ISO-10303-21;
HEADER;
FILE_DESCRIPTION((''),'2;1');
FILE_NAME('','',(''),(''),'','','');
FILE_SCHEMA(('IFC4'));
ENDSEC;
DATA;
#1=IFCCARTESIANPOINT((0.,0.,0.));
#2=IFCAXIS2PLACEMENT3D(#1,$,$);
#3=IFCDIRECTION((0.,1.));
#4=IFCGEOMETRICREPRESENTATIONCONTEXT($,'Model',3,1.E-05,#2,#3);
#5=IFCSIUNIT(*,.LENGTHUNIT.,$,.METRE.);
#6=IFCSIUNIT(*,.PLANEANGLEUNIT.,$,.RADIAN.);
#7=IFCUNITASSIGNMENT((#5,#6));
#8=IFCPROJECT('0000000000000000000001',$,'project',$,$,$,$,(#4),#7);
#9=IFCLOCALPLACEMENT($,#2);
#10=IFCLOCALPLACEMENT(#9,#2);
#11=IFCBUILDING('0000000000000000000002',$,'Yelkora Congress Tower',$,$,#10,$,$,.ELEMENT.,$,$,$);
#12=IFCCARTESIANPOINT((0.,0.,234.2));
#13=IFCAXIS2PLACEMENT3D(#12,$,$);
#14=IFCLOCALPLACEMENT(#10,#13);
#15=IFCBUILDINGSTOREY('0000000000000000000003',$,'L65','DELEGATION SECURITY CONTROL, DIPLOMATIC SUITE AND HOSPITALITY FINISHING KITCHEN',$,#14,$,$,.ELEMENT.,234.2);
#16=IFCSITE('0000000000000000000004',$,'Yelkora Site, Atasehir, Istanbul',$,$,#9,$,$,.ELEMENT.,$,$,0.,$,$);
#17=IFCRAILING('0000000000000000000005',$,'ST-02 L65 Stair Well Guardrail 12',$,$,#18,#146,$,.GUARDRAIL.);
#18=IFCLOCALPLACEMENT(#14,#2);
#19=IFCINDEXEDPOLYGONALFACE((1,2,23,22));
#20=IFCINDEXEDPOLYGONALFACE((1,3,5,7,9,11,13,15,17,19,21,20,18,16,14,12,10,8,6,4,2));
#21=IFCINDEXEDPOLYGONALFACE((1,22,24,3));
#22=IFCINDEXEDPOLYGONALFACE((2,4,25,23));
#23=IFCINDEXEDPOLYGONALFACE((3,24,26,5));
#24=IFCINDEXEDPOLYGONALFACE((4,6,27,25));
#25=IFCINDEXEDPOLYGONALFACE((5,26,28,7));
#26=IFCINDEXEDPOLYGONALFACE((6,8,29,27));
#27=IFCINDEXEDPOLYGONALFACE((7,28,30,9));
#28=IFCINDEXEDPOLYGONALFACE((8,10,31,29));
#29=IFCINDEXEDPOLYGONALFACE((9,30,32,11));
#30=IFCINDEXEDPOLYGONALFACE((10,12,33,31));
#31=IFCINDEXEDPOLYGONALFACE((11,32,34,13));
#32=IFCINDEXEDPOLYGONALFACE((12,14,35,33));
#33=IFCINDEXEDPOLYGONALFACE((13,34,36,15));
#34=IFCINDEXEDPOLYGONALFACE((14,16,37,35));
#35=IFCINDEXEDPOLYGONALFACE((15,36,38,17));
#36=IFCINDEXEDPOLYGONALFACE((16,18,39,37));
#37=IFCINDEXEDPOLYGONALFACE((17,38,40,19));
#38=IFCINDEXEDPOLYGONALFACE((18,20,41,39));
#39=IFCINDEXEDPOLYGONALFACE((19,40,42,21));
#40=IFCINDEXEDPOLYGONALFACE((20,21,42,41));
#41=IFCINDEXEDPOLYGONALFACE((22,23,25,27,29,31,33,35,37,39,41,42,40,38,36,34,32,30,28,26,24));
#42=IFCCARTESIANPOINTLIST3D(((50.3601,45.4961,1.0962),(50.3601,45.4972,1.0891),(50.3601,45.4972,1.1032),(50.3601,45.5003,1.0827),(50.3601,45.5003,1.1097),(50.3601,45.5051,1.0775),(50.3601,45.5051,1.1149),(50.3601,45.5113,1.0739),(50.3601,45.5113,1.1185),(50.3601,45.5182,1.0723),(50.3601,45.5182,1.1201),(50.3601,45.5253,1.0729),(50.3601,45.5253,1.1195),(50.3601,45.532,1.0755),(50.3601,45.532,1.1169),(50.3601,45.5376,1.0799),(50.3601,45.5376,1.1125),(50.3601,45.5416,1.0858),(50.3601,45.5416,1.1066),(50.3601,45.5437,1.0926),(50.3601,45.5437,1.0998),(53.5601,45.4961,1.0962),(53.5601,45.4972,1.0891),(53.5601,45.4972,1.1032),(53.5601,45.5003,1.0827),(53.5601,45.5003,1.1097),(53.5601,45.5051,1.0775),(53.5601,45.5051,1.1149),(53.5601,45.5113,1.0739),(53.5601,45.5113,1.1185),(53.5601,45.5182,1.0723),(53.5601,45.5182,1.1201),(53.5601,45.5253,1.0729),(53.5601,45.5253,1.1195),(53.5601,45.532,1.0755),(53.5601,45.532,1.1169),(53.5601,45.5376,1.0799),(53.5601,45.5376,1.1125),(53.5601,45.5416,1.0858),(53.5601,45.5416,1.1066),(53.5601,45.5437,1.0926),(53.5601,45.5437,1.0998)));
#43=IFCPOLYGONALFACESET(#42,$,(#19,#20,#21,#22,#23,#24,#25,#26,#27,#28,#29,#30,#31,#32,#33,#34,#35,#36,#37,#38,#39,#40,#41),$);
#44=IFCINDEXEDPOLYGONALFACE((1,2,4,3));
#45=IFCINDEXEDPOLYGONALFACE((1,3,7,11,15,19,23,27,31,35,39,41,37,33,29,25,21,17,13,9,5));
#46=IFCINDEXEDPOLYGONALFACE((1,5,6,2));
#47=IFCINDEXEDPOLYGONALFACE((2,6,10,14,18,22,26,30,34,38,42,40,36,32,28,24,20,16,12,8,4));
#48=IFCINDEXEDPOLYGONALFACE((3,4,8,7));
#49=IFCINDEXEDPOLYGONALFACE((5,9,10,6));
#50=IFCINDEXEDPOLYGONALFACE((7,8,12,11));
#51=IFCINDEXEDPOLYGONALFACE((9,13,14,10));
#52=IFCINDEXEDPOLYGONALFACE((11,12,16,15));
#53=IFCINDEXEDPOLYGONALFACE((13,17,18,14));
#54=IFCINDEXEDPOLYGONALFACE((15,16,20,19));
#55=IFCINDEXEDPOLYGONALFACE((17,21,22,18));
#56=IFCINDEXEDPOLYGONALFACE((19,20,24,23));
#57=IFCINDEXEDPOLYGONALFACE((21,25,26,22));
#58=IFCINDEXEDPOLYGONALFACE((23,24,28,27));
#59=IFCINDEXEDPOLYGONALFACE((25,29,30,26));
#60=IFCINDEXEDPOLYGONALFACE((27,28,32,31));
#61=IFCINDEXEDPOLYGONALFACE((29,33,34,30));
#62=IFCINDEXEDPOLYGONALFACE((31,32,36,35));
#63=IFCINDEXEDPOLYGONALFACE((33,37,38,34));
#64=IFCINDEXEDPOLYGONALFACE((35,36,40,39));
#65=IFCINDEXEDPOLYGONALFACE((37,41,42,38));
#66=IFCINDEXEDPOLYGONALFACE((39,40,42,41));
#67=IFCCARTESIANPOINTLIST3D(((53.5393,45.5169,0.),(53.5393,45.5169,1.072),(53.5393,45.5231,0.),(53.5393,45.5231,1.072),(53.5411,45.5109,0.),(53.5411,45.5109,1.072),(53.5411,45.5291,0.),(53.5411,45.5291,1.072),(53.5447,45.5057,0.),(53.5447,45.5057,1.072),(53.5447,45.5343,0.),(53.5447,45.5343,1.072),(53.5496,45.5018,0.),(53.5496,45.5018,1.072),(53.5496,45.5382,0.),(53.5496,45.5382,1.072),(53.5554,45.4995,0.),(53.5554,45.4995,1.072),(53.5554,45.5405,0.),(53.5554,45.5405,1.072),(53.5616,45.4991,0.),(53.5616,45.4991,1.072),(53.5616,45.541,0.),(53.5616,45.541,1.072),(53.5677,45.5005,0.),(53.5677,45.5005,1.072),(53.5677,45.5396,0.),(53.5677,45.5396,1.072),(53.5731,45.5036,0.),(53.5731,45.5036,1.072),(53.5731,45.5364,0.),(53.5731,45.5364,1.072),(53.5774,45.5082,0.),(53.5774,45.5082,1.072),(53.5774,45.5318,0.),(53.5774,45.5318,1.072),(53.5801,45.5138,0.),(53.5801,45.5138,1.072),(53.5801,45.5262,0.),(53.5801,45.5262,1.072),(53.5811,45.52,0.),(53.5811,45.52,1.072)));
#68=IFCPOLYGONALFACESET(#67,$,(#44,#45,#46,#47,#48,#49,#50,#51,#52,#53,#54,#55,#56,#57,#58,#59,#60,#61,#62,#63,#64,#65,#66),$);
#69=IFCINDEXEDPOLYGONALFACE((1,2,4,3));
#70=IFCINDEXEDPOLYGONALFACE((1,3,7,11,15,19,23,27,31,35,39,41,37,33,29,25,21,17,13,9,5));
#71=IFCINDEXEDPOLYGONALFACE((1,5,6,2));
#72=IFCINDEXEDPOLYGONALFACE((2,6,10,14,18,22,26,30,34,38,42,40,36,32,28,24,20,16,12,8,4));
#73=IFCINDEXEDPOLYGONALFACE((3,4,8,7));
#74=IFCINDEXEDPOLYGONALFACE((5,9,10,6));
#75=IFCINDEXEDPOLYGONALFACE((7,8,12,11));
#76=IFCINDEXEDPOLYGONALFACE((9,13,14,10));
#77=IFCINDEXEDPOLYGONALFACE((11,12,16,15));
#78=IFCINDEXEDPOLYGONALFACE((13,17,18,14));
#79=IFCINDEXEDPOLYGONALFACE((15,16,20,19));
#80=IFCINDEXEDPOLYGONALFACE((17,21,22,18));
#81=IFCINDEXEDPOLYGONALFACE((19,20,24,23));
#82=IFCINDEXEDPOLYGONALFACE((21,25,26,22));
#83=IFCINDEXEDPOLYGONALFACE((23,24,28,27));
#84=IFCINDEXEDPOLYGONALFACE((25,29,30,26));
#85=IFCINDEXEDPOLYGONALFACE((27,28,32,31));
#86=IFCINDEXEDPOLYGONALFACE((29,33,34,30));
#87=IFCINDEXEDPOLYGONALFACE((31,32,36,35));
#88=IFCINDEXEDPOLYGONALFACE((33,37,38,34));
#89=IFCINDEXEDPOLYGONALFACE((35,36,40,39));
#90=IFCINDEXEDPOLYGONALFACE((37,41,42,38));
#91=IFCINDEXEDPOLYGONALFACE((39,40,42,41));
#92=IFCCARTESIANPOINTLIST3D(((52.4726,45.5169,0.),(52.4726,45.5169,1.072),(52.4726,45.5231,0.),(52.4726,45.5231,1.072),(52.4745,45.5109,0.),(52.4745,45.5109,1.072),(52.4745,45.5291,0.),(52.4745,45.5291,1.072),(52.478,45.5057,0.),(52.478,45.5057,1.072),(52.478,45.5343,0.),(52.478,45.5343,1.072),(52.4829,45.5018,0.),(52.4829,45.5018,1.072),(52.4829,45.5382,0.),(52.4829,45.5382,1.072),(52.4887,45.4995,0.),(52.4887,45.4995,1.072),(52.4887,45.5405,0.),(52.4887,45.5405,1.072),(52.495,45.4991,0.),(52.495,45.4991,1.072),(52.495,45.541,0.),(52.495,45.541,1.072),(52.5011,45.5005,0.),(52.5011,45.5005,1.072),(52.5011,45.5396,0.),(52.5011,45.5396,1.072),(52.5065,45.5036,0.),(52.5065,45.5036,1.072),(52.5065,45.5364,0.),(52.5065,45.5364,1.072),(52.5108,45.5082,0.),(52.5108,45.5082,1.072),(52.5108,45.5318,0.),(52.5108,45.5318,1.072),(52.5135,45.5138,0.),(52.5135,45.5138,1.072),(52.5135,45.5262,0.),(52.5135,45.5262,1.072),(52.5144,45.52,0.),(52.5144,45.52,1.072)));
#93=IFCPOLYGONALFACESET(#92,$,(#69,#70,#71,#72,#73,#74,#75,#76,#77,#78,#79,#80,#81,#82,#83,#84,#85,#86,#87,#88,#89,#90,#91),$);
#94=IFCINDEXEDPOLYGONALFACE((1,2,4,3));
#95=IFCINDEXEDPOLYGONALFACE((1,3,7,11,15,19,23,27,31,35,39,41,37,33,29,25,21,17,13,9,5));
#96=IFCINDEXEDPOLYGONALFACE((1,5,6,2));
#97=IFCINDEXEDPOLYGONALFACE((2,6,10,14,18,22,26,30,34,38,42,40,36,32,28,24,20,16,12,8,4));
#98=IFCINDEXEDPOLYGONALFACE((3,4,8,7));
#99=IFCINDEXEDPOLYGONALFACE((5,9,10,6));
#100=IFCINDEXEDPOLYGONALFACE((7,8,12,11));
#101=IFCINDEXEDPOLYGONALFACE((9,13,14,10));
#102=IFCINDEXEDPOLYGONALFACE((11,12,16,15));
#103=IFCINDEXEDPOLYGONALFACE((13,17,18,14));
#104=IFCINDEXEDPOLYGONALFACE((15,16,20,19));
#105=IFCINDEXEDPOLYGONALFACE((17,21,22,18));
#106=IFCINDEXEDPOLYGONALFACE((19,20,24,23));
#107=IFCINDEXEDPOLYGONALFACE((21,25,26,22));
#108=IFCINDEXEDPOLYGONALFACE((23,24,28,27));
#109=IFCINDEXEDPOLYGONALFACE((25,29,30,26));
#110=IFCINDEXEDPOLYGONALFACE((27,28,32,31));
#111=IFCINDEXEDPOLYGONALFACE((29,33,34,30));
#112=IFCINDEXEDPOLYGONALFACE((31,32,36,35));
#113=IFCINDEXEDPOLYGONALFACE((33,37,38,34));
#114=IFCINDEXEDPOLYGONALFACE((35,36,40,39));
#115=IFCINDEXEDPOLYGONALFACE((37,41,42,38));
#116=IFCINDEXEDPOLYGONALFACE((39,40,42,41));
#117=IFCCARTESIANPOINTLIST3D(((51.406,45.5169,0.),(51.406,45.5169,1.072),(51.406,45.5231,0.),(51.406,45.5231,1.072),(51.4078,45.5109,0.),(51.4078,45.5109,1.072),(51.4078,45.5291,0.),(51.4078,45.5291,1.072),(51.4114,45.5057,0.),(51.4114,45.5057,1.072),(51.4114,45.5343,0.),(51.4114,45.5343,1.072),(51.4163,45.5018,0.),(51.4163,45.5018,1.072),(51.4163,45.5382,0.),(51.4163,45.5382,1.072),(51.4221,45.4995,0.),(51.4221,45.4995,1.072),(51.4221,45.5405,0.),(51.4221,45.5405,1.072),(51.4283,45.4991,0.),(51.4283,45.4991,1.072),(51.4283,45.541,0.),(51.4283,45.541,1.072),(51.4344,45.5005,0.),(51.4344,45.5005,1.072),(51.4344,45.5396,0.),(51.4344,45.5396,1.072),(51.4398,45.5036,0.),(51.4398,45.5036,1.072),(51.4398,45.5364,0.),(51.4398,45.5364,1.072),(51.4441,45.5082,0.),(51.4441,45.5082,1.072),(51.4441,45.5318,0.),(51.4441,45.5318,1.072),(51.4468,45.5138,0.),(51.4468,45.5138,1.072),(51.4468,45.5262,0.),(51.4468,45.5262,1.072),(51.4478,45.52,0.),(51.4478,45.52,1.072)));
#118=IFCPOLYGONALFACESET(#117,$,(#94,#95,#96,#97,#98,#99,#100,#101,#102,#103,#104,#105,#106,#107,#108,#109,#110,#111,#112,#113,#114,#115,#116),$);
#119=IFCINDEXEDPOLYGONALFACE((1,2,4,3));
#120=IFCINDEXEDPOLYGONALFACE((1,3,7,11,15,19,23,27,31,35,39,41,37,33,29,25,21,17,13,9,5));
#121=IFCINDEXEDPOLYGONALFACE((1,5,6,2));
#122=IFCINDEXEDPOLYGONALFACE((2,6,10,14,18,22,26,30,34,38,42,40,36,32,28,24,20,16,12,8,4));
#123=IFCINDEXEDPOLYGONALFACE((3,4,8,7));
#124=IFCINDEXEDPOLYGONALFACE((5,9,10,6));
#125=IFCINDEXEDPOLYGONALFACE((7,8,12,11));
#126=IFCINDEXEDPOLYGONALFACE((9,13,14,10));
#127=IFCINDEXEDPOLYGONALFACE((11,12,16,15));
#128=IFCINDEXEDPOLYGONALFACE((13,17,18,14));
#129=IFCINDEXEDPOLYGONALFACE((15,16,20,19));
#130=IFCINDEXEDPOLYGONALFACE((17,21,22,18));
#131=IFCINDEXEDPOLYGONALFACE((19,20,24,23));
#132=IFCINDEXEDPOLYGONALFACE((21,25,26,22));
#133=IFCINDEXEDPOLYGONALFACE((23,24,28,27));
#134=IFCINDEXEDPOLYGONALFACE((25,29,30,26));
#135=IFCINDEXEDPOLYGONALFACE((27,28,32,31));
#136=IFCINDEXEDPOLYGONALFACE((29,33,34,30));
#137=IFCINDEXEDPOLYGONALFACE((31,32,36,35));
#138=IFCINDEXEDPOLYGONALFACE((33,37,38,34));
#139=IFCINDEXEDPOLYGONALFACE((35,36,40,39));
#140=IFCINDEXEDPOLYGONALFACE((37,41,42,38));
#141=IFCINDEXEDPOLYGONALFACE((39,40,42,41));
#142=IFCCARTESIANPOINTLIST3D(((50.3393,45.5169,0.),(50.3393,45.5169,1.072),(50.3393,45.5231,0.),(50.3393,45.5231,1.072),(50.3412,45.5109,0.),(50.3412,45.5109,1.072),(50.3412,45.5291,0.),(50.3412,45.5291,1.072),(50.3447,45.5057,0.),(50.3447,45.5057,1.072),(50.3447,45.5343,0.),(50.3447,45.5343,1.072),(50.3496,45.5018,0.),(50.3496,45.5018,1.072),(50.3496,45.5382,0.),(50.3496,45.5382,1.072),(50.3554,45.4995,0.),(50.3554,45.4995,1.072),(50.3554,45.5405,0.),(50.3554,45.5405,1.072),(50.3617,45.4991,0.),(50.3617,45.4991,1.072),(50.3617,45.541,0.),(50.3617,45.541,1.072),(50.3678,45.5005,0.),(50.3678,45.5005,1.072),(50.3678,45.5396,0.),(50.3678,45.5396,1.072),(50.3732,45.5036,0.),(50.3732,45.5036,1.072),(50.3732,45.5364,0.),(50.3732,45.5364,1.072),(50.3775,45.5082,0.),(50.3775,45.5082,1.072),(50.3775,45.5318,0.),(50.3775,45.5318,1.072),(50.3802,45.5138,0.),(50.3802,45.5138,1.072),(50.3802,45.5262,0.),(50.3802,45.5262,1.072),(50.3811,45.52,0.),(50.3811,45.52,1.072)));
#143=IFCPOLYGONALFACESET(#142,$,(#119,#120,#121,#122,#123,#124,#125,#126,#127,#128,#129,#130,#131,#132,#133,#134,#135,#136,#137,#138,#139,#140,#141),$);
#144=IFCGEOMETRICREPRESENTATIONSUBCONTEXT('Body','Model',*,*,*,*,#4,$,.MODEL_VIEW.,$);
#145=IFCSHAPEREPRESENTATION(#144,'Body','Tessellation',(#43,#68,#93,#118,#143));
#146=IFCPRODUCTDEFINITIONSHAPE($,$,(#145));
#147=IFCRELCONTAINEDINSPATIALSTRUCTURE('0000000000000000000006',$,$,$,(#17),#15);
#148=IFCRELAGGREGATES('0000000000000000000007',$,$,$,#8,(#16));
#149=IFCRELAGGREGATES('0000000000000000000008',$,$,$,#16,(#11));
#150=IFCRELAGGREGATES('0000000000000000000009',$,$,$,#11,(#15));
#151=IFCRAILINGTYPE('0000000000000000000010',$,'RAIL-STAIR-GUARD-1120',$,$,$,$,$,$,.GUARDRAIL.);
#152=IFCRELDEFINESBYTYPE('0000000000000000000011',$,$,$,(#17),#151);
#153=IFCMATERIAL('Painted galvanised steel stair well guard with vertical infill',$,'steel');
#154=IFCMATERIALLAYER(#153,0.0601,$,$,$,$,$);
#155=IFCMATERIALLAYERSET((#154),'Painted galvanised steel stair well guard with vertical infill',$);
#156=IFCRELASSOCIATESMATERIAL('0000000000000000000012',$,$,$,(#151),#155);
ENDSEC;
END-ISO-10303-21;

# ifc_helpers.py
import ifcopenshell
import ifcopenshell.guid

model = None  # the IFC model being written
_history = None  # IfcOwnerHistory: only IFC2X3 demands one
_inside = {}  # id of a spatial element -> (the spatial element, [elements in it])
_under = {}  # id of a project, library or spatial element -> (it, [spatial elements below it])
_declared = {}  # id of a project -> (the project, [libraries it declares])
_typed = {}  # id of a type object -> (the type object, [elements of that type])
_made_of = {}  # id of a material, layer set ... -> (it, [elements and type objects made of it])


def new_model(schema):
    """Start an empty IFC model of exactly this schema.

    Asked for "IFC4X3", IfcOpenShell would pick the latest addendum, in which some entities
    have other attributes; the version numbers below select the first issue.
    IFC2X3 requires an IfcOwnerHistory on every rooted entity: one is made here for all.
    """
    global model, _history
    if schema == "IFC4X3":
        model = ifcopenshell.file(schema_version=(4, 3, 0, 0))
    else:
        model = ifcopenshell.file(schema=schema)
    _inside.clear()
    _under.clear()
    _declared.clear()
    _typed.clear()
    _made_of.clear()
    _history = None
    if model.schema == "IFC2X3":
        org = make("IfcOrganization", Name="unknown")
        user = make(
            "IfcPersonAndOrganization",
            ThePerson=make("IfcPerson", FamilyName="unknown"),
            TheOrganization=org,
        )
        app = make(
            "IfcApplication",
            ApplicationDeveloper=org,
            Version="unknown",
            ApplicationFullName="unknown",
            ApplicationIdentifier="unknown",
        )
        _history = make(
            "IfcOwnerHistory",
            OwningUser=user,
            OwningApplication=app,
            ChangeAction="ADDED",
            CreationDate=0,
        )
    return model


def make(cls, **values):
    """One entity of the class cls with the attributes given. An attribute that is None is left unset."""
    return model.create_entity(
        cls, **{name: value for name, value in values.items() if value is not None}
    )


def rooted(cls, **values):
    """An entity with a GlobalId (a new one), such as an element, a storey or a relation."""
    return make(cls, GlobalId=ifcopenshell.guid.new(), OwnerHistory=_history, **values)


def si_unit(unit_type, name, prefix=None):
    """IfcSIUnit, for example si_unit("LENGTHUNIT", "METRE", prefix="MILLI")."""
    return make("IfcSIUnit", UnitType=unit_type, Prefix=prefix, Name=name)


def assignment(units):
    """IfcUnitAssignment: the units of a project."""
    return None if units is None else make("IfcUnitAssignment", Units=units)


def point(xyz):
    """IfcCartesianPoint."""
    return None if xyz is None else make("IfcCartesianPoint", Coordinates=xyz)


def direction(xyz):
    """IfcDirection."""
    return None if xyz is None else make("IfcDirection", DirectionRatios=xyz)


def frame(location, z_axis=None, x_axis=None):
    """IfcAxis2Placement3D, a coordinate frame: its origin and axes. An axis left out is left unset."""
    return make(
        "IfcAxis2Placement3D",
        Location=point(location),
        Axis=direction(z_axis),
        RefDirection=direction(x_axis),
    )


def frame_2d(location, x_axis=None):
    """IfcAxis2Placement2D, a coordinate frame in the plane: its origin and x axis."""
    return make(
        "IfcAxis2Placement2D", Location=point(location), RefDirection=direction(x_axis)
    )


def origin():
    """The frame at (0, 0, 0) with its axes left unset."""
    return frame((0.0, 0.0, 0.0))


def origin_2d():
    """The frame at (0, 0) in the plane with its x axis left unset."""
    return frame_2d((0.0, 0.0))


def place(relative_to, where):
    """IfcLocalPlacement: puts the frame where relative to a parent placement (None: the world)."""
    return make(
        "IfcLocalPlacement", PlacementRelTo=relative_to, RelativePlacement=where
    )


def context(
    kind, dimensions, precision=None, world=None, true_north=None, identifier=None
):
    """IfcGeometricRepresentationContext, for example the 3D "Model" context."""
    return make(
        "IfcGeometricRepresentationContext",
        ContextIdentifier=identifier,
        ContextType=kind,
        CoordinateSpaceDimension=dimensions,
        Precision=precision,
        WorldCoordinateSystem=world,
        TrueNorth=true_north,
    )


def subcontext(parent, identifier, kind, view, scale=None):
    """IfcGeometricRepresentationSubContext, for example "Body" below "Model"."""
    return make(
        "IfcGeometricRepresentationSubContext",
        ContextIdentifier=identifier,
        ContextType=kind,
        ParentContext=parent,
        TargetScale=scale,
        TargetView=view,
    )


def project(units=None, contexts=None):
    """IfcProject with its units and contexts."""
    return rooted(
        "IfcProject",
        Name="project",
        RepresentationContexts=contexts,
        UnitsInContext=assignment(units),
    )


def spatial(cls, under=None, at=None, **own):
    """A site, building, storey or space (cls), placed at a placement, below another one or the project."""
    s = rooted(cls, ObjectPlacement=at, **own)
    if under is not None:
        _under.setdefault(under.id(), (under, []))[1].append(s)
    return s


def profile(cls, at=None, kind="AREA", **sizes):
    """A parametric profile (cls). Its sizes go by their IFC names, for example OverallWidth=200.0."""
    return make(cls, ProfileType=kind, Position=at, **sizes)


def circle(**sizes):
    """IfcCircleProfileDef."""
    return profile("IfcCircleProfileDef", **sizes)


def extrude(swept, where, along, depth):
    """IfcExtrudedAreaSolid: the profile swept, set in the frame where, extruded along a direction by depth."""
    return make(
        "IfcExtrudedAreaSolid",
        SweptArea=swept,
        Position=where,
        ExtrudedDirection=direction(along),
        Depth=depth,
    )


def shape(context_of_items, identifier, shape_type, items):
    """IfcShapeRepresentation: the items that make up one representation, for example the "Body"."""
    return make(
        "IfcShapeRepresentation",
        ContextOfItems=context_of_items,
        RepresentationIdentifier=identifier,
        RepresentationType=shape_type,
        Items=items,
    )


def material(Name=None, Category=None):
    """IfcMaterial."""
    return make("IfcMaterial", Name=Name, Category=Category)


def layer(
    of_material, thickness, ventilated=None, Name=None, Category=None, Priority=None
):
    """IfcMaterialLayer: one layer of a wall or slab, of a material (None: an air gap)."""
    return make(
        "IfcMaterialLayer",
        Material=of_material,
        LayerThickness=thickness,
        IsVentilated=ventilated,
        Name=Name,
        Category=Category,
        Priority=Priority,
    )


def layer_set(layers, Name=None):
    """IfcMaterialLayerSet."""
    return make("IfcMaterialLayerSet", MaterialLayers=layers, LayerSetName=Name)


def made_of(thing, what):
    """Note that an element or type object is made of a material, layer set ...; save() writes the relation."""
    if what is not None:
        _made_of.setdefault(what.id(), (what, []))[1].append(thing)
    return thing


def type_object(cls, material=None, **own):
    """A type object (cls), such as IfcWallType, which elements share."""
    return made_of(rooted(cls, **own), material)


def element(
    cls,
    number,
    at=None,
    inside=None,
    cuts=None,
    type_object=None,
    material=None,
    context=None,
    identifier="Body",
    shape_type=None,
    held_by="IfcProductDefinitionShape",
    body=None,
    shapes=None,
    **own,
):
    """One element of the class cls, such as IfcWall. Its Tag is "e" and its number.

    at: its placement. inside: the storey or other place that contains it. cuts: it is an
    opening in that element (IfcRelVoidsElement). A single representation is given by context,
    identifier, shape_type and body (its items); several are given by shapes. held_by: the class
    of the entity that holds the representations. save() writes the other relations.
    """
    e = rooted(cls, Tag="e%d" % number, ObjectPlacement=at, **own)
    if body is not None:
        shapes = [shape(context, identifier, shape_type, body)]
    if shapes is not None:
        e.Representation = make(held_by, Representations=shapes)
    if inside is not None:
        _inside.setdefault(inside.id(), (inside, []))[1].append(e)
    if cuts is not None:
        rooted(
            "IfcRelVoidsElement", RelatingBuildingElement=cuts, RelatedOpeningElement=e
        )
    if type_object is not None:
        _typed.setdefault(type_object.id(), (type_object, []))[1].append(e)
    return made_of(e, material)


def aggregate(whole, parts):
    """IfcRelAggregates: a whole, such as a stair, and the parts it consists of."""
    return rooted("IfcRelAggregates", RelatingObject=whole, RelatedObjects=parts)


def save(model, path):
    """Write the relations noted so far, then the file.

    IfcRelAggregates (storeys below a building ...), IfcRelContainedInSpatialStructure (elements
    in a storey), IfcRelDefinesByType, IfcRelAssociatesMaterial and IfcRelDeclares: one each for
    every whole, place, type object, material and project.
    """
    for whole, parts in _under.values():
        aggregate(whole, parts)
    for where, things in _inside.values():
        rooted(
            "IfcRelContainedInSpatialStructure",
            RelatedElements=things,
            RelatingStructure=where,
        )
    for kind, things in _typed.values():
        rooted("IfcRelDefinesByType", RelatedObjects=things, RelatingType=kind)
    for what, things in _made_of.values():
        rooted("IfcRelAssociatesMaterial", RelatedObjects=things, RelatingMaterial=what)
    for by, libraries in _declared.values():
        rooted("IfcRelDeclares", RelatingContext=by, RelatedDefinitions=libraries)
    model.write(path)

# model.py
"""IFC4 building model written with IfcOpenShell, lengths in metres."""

from ifc_helpers import new_model, si_unit, direction, frame, origin, origin_2d, place, context, subcontext, project, spatial, circle, extrude, material, layer, layer_set, type_object, element, save


model = new_model("IFC4")

# Units and contexts
model_context = context("Model", 3, precision=1e-05, world=origin(), true_north=direction((0.0, 1.0)))
body_context = subcontext(model_context, "Body", "Model", "MODEL_VIEW")
ifc_project = project(units=[si_unit("LENGTHUNIT", "METRE"), si_unit("PLANEANGLEUNIT", "RADIAN")], contexts=[model_context])

# Site, building, storey
site_placement = place(None, origin())
site = spatial("IfcSite", under=ifc_project, at=site_placement, Name="Yelkora Site, Atasehir, Istanbul", CompositionType="ELEMENT", RefElevation=0.0)
building_placement = place(site_placement, origin())
building = spatial("IfcBuilding", under=site, at=building_placement, Name="Yelkora Congress Tower", CompositionType="ELEMENT")
storey_placement = place(building_placement, frame((0.0, 0.0, 234.2)))
storey = spatial("IfcBuildingStorey", under=building, at=storey_placement, Name="L65", Description="DELEGATION SECURITY CONTROL, DIPLOMATIC SUITE AND HOSPITALITY FINISHING KITCHEN", CompositionType="ELEMENT", Elevation=234.2)

# Railing
ifc_material_1 = material(Name="Painted galvanised steel stair well guard with vertical infill", Category="steel")
ifc_layer_1 = layer(ifc_material_1, 0.0601)
ifc_layer_set_1 = layer_set([ifc_layer_1], Name="Painted galvanised steel stair well guard with vertical infill")
railing_type_1 = type_object("IfcRailingType", Name="RAIL-STAIR-GUARD-1120", PredefinedType="GUARDRAIL", material=ifc_layer_set_1)
railing_1_placement = place(storey_placement, frame((53.5601, 45.52, 0.0)))
element("IfcRailing", 1, at=railing_1_placement, inside=storey, type_object=railing_type_1, Name="ST-02 L65 Stair Well Guardrail 12", PredefinedType="GUARDRAIL", context=body_context, shape_type="SweptSolid", body=[
    extrude(circle(Radius=0.0239, at=origin_2d()), frame((0.0, 0.0, 1.0962), z_axis=(-1.0, 0.0, 0.0), x_axis=(0.0, -1.0, 0.0)), (0.0, 0.0, 1.0), 3.2),
    extrude(circle(Radius=0.021, at=origin_2d()), origin(), (0.0, 0.0, 1.0), 1.072),
    extrude(circle(Radius=0.021, at=origin_2d()), frame((-1.0667, 0.0, 0.0)), (0.0, 0.0, 1.0), 1.072),
    extrude(circle(Radius=0.021, at=origin_2d()), frame((-2.1333, 0.0, 0.0)), (0.0, 0.0, 1.0), 1.072),
    extrude(circle(Radius=0.021, at=origin_2d()), frame((-3.2, 0.0, 0.0)), (0.0, 0.0, 1.0), 1.072),
])

save(model, "model.ifc")
